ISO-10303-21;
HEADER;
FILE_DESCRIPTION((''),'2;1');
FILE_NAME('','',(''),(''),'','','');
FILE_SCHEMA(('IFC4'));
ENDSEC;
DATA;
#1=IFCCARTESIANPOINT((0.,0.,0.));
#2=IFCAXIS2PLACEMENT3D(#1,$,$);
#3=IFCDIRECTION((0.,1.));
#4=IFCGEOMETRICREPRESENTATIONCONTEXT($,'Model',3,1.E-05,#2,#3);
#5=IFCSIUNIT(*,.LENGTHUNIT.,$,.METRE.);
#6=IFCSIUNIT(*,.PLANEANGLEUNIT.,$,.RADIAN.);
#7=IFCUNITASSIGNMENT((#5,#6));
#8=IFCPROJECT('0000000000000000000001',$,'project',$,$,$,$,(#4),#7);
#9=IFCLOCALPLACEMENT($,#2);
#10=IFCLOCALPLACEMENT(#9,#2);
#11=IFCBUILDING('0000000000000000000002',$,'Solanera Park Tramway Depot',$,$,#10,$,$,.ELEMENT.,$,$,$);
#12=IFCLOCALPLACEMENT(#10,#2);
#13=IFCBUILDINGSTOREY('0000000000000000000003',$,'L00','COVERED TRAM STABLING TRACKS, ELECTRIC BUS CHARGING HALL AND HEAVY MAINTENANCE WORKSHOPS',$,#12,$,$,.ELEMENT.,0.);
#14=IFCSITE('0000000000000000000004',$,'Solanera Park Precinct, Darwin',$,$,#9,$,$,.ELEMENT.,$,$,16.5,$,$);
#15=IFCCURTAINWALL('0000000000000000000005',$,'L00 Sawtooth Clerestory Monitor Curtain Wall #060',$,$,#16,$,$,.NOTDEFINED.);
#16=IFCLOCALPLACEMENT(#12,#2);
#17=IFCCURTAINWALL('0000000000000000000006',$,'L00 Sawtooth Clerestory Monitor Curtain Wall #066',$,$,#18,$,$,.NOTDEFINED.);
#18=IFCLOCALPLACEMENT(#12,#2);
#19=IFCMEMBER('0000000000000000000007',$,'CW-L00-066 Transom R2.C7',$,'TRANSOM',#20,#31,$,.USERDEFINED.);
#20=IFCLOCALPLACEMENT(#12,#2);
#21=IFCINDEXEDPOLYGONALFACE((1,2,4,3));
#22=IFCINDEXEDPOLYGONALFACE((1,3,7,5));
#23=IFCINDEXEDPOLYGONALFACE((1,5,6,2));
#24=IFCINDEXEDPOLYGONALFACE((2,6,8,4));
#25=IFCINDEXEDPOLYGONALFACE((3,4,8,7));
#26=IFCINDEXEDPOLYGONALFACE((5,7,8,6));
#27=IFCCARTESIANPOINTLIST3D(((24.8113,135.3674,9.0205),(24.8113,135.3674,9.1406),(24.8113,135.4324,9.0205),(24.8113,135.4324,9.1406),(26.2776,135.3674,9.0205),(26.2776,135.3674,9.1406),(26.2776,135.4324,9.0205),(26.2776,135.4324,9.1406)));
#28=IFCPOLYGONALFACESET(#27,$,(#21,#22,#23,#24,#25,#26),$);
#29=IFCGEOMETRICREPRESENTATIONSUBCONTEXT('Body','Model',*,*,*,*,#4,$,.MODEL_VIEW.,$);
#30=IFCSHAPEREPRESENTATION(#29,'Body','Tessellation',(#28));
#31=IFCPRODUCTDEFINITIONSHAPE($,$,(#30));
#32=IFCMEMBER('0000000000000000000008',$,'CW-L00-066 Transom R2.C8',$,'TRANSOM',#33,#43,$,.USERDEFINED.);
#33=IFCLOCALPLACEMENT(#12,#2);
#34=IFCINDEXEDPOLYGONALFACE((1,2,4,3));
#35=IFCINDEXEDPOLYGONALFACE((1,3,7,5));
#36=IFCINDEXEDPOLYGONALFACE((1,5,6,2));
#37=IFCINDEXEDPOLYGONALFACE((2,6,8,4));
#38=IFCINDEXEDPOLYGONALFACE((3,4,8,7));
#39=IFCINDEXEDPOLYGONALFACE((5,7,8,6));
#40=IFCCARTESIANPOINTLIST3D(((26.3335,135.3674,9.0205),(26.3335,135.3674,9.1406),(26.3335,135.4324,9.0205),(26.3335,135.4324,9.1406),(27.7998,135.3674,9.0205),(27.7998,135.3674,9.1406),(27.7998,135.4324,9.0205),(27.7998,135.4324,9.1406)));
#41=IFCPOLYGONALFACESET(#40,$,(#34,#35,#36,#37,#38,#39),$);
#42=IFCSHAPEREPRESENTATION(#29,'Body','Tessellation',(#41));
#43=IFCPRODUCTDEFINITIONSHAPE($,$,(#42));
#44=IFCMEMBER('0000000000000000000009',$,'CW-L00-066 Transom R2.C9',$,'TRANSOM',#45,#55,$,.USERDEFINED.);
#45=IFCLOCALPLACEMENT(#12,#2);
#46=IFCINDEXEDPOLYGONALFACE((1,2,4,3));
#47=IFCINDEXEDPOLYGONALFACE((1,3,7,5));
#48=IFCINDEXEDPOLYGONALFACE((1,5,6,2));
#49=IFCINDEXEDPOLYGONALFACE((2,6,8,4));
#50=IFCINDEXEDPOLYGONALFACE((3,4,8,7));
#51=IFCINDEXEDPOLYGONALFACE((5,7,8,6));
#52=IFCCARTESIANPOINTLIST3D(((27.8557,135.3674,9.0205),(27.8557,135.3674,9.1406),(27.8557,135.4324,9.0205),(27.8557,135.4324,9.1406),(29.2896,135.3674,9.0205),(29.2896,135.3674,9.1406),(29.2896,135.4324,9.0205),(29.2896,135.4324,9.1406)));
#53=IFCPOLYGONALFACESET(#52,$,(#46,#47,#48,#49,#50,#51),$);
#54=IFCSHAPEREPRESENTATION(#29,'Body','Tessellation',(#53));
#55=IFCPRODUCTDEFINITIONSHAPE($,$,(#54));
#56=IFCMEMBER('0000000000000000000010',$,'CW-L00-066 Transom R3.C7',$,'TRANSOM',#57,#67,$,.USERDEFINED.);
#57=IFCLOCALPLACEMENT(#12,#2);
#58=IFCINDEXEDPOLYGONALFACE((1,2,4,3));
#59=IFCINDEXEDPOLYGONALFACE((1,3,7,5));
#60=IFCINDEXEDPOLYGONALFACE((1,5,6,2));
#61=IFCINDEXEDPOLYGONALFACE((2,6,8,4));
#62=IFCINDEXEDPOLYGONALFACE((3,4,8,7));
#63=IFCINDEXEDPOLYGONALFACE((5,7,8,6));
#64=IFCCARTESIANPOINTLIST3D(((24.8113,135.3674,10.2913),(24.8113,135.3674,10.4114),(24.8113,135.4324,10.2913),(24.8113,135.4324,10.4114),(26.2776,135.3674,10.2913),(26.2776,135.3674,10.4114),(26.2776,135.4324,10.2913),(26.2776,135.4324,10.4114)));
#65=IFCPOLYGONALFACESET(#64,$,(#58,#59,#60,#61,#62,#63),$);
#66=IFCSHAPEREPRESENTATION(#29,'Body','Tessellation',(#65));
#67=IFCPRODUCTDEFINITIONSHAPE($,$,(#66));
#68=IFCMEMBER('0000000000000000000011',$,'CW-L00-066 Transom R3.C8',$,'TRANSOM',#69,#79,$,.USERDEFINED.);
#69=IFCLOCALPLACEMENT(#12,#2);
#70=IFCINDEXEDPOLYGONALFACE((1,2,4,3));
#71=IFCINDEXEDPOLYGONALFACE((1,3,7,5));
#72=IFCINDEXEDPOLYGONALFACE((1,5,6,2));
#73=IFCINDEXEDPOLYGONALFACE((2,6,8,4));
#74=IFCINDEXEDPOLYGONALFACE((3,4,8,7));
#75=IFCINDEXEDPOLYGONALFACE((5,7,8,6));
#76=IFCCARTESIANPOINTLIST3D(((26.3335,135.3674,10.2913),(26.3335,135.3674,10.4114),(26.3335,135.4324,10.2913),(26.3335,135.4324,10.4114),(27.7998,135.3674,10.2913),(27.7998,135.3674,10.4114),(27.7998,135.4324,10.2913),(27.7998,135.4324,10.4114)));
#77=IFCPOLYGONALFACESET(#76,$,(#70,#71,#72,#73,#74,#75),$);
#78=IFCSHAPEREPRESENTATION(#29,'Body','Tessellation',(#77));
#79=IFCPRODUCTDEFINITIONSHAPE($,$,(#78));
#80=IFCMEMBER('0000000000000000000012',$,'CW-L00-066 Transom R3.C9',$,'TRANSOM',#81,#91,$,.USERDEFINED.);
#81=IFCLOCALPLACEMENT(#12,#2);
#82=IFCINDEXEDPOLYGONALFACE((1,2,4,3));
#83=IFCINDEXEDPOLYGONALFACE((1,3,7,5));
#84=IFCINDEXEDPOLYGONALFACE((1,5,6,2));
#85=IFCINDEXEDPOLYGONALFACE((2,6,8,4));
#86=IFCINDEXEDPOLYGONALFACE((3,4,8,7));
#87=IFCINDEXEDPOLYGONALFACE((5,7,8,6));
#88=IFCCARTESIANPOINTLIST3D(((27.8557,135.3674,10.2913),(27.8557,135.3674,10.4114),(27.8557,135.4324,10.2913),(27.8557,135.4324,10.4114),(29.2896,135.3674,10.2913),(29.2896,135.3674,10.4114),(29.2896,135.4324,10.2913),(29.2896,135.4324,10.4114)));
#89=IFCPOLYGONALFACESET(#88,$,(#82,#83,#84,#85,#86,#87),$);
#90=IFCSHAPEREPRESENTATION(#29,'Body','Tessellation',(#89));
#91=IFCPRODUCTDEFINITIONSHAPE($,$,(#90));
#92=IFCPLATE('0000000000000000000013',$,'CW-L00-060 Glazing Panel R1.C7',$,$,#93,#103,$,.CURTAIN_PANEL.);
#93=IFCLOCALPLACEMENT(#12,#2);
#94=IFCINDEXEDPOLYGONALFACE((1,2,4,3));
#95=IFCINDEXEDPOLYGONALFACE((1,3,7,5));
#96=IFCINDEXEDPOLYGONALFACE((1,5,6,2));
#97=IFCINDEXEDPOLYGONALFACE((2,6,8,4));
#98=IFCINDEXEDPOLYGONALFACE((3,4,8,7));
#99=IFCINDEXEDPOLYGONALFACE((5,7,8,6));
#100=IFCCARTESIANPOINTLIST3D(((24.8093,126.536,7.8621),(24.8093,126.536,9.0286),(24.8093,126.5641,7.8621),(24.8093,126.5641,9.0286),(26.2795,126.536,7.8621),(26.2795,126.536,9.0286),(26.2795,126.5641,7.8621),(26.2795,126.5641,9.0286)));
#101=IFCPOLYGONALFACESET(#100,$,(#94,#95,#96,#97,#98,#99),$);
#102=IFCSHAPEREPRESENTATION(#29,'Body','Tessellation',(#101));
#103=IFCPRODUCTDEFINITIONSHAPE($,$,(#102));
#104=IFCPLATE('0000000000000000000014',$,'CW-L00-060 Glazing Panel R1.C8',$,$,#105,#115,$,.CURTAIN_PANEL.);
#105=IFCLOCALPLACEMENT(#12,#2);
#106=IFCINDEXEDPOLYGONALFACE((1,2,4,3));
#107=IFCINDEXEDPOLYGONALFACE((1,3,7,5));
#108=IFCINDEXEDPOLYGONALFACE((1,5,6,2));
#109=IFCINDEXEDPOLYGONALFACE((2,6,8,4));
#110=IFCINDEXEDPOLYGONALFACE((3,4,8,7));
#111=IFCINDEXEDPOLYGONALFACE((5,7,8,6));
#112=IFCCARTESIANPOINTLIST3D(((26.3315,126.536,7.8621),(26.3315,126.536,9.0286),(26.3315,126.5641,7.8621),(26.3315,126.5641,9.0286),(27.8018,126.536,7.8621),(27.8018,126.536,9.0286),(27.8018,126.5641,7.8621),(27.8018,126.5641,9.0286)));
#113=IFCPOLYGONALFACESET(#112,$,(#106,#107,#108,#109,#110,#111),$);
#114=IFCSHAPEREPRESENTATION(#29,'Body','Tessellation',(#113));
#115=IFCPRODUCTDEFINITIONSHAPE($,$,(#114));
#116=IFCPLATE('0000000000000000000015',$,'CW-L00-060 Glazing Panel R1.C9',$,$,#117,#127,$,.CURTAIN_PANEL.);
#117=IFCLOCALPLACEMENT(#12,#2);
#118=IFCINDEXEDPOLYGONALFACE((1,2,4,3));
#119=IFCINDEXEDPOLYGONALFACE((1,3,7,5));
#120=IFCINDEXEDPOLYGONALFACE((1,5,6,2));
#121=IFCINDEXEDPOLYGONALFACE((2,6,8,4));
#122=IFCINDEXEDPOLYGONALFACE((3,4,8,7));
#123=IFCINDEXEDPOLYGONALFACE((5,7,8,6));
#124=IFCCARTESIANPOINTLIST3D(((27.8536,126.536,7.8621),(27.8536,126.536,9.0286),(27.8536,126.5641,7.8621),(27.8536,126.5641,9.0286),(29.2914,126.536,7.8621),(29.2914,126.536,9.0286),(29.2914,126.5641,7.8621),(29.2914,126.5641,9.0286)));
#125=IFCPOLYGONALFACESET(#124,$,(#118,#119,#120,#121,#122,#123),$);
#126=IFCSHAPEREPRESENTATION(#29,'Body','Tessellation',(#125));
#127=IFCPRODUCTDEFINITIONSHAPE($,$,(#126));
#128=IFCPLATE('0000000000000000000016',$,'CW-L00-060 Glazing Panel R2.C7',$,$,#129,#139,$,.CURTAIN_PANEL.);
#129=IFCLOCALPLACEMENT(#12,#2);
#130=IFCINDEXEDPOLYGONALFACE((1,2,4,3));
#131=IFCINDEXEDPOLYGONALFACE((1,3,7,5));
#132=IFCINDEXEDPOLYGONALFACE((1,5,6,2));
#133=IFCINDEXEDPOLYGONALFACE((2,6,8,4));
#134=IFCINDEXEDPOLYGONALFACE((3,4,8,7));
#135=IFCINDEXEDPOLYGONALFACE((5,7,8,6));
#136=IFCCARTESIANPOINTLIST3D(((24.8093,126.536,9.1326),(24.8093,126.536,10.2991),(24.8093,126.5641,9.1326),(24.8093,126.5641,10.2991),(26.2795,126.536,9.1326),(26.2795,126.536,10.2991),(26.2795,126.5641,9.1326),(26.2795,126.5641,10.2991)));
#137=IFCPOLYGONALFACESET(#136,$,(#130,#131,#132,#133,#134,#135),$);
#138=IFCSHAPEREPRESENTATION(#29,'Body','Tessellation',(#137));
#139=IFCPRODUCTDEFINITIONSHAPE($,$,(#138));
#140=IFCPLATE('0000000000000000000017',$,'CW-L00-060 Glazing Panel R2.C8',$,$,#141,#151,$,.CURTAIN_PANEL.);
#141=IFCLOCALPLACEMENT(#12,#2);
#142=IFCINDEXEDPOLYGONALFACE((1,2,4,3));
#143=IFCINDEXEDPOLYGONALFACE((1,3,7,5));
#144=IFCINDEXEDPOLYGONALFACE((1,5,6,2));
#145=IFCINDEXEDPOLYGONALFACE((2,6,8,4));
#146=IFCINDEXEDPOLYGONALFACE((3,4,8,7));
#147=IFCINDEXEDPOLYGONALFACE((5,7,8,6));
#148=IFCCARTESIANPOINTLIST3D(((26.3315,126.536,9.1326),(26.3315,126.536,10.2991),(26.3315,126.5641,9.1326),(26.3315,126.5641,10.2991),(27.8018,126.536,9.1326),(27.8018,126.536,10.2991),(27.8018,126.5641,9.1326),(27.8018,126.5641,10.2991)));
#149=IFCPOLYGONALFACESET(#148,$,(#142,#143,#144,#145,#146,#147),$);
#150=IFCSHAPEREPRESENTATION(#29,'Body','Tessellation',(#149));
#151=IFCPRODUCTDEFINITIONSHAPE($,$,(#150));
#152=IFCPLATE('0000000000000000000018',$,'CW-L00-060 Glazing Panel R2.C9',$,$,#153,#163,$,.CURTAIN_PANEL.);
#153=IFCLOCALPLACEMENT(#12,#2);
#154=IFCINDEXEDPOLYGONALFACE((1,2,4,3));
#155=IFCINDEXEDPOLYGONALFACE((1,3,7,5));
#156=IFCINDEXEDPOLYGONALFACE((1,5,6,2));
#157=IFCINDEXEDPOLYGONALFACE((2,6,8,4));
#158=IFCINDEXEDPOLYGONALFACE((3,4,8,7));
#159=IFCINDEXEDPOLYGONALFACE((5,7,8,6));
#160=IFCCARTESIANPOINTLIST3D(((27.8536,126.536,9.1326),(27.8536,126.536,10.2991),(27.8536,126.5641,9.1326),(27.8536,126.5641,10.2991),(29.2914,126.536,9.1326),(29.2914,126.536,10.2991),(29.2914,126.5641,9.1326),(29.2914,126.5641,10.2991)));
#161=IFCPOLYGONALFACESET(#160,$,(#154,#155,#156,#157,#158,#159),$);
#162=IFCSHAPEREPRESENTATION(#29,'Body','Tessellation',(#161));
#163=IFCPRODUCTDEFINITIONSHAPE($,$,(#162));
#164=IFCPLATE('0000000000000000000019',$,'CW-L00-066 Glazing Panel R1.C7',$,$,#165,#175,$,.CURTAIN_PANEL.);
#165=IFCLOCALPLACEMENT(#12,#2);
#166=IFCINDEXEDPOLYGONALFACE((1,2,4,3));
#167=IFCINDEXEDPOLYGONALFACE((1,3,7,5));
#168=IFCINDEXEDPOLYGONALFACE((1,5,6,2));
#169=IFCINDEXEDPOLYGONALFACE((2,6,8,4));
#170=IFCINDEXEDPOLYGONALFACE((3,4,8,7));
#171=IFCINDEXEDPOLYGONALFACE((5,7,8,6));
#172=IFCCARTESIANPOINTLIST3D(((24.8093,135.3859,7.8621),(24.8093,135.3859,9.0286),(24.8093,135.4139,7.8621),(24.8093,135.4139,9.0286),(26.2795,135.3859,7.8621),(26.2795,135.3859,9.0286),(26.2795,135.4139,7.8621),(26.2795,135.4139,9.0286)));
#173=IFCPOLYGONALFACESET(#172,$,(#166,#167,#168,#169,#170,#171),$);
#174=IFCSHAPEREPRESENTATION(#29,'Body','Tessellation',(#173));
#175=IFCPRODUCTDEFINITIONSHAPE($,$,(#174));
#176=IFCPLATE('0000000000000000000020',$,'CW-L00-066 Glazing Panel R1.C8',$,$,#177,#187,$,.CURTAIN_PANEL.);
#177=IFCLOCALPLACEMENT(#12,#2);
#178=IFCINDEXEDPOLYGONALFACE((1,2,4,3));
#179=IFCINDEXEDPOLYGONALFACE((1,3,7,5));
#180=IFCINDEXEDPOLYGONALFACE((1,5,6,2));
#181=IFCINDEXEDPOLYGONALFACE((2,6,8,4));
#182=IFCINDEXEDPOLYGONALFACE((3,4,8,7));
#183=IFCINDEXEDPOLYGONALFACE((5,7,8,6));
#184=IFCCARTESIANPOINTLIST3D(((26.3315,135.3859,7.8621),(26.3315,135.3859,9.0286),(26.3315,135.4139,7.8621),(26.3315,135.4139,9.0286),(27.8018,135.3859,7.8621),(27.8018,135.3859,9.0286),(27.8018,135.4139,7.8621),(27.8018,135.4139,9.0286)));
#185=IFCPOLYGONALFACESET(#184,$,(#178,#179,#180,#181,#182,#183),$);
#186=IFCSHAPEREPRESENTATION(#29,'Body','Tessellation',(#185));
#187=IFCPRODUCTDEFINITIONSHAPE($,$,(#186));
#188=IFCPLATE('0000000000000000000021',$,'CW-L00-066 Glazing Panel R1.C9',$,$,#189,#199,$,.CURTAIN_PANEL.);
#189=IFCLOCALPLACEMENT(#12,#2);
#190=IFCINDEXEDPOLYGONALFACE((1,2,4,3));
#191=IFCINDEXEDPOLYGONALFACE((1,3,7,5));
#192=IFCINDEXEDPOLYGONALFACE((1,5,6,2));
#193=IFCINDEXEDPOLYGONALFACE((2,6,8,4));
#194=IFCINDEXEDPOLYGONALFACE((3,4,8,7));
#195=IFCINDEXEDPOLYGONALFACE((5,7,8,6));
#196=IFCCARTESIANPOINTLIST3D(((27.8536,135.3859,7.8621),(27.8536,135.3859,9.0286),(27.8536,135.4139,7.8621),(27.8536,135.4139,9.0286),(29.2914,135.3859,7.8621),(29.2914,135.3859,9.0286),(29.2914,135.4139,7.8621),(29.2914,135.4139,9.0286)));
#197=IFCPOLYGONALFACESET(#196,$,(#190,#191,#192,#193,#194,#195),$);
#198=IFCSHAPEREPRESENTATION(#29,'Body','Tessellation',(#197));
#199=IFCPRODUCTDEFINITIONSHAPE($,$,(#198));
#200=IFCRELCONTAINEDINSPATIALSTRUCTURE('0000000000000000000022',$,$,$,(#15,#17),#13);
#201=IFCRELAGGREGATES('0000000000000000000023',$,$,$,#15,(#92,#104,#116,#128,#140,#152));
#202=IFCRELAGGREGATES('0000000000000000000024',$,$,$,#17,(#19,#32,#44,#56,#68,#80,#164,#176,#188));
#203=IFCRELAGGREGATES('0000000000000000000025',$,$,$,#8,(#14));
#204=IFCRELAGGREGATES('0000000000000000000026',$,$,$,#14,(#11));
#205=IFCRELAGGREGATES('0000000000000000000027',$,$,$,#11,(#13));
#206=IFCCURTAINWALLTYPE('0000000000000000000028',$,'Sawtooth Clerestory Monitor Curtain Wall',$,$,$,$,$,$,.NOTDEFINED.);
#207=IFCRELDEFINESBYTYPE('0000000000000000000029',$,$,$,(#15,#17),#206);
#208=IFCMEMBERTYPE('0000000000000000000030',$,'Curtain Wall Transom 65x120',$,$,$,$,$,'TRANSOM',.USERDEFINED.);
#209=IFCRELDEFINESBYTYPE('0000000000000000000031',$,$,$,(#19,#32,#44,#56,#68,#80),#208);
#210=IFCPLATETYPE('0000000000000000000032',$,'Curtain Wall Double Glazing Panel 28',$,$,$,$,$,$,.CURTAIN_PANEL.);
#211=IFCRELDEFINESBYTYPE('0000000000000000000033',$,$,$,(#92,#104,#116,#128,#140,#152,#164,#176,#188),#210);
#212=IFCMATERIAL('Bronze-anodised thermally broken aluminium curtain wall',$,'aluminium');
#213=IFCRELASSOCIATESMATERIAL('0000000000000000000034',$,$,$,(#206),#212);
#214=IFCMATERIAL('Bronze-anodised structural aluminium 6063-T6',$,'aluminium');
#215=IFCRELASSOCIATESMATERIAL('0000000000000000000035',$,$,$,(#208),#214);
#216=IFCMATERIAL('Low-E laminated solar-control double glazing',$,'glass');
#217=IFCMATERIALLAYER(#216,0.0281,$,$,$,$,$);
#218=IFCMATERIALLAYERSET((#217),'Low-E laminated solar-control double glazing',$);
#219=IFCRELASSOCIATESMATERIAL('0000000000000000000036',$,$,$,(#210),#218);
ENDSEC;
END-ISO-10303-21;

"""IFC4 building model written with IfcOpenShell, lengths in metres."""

from ifc_helpers import new_model, si_unit, direction, frame, origin, origin_2d, place, context, subcontext, project, spatial, rectangle, extrude, material, layer, layer_set, material_profile, profile_set, type_object, element, aggregate, save


model = new_model("IFC4")

# Units and contexts
model_context = context("Model", 3, precision=1e-05, world=origin(), true_north=direction((0.0, 1.0)))
body_context = subcontext(model_context, "Body", "Model", "MODEL_VIEW")
ifc_project = project(units=[si_unit("LENGTHUNIT", "METRE"), si_unit("PLANEANGLEUNIT", "RADIAN")], contexts=[model_context])

# Site, building, storey
site_placement = place(None, origin())
site = spatial("IfcSite", under=ifc_project, at=site_placement, Name="Solanera Park Precinct, Darwin", CompositionType="ELEMENT", RefElevation=16.5)
building_placement = place(site_placement, origin())
building = spatial("IfcBuilding", under=site, at=building_placement, Name="Solanera Park Tramway Depot", CompositionType="ELEMENT")
storey_placement = place(building_placement, origin())
storey = spatial("IfcBuildingStorey", under=building, at=storey_placement, Name="L00", Description="COVERED TRAM STABLING TRACKS, ELECTRIC BUS CHARGING HALL AND HEAVY MAINTENANCE WORKSHOPS", CompositionType="ELEMENT", Elevation=0.0)

# Curtain walls
ifc_material_1 = material(Name="Bronze-anodised thermally broken aluminium curtain wall", Category="aluminium")
curtain_wall_type = type_object("IfcCurtainWallType", Name="Sawtooth Clerestory Monitor Curtain Wall", PredefinedType="NOTDEFINED", material=ifc_material_1)
curtain_wall_1_placement = place(storey_placement, origin())
curtain_wall_1 = element("IfcCurtainWall", 1, at=curtain_wall_1_placement, inside=storey, type_object=curtain_wall_type, Name="L00 Sawtooth Clerestory Monitor Curtain Wall #060", PredefinedType="NOTDEFINED")
curtain_wall_2_placement = place(storey_placement, origin())
curtain_wall_2 = element("IfcCurtainWall", 2, at=curtain_wall_2_placement, inside=storey, type_object=curtain_wall_type, Name="L00 Sawtooth Clerestory Monitor Curtain Wall #066", PredefinedType="NOTDEFINED")

# Members
ifc_material_2 = material(Name="Bronze-anodised structural aluminium 6063-T6", Category="aluminium")
ifc_material_profile_1 = material_profile(ifc_material_2, rectangle(XDim=0.0649, YDim=0.1201, at=origin_2d()), Name="Curtain Wall Transom 65x120")
ifc_profile_set_1 = profile_set([ifc_material_profile_1], Name="Bronze-anodised structural aluminium 6063-T6")
member_type_1 = type_object("IfcMemberType", Name="Curtain Wall Transom 65x120", ElementType="TRANSOM", PredefinedType="USERDEFINED", material=ifc_profile_set_1)
member_1_placement = place(storey_placement, frame((24.8113, 135.3999, 9.0806), z_axis=(1.0, 0.0, 0.0), x_axis=(0.0, 1.0, 0.0)))
member_1 = element("IfcMember", 3, at=member_1_placement, type_object=member_type_1, Name="CW-L00-066 Transom R2.C7", ObjectType="TRANSOM", PredefinedType="USERDEFINED", context=body_context, shape_type="SweptSolid", body=[
    extrude(rectangle(XDim=0.0649, YDim=0.1201, at=origin_2d()), origin(), (0.0, 0.0, 1.0), 1.4663),
])
member_2_placement = place(storey_placement, frame((26.3335, 135.3999, 9.0806), z_axis=(1.0, 0.0, 0.0), x_axis=(0.0, 1.0, 0.0)))
member_2 = element("IfcMember", 4, at=member_2_placement, type_object=member_type_1, Name="CW-L00-066 Transom R2.C8", ObjectType="TRANSOM", PredefinedType="USERDEFINED", context=body_context, shape_type="SweptSolid", body=[
    extrude(rectangle(XDim=0.0649, YDim=0.1201, at=origin_2d()), origin(), (0.0, 0.0, 1.0), 1.4663),
])
member_3_placement = place(storey_placement, frame((27.8557, 135.3999, 9.0806), z_axis=(1.0, 0.0, 0.0), x_axis=(0.0, 1.0, 0.0)))
member_3 = element("IfcMember", 5, at=member_3_placement, type_object=member_type_1, Name="CW-L00-066 Transom R2.C9", ObjectType="TRANSOM", PredefinedType="USERDEFINED", context=body_context, shape_type="SweptSolid", body=[
    extrude(rectangle(XDim=0.0649, YDim=0.1201, at=origin_2d()), origin(), (0.0, 0.0, 1.0), 1.4338),
])
member_4_placement = place(storey_placement, frame((24.8113, 135.3999, 10.3513), z_axis=(1.0, 0.0, 0.0), x_axis=(0.0, 1.0, 0.0)))
member_4 = element("IfcMember", 6, at=member_4_placement, type_object=member_type_1, Name="CW-L00-066 Transom R3.C7", ObjectType="TRANSOM", PredefinedType="USERDEFINED", context=body_context, shape_type="SweptSolid", body=[
    extrude(rectangle(XDim=0.0649, YDim=0.1201, at=origin_2d()), origin(), (0.0, 0.0, 1.0), 1.4663),
])
member_5_placement = place(storey_placement, frame((26.3335, 135.3999, 10.3513), z_axis=(1.0, 0.0, 0.0), x_axis=(0.0, 1.0, 0.0)))
member_5 = element("IfcMember", 7, at=member_5_placement, type_object=member_type_1, Name="CW-L00-066 Transom R3.C8", ObjectType="TRANSOM", PredefinedType="USERDEFINED", context=body_context, shape_type="SweptSolid", body=[
    extrude(rectangle(XDim=0.0649, YDim=0.1201, at=origin_2d()), origin(), (0.0, 0.0, 1.0), 1.4663),
])
member_6_placement = place(storey_placement, frame((27.8557, 135.3999, 10.3513), z_axis=(1.0, 0.0, 0.0), x_axis=(0.0, 1.0, 0.0)))
member_6 = element("IfcMember", 8, at=member_6_placement, type_object=member_type_1, Name="CW-L00-066 Transom R3.C9", ObjectType="TRANSOM", PredefinedType="USERDEFINED", context=body_context, shape_type="SweptSolid", body=[
    extrude(rectangle(XDim=0.0649, YDim=0.1201, at=origin_2d()), origin(), (0.0, 0.0, 1.0), 1.4338),
])

# Plates
ifc_material_3 = material(Name="Low-E laminated solar-control double glazing", Category="glass")
ifc_layer = layer(ifc_material_3, 0.0281)
ifc_layer_set = layer_set([ifc_layer], Name="Low-E laminated solar-control double glazing")
plate_type = type_object("IfcPlateType", Name="Curtain Wall Double Glazing Panel 28", PredefinedType="CURTAIN_PANEL", material=ifc_layer_set)
plate_1_placement = place(storey_placement, frame((25.5444, 126.55, 7.8621), z_axis=(0.0, 0.0, 1.0), x_axis=(1.0, 0.0, 0.0)))
plate_1 = element("IfcPlate", 9, at=plate_1_placement, type_object=plate_type, Name="CW-L00-060 Glazing Panel R1.C7", PredefinedType="CURTAIN_PANEL", context=body_context, shape_type="SweptSolid", body=[
    extrude(rectangle(XDim=1.4702, YDim=0.0281, at=origin_2d()), origin(), (0.0, 0.0, 1.0), 1.1665),
])
plate_2_placement = place(storey_placement, frame((27.0667, 126.55, 7.8621), z_axis=(0.0, 0.0, 1.0), x_axis=(1.0, 0.0, 0.0)))
plate_2 = element("IfcPlate", 10, at=plate_2_placement, type_object=plate_type, Name="CW-L00-060 Glazing Panel R1.C8", PredefinedType="CURTAIN_PANEL", context=body_context, shape_type="SweptSolid", body=[
    extrude(rectangle(XDim=1.4702, YDim=0.0281, at=origin_2d()), origin(), (0.0, 0.0, 1.0), 1.1665),
])
plate_3_placement = place(storey_placement, frame((28.5725, 126.55, 7.8621), z_axis=(0.0, 0.0, 1.0), x_axis=(1.0, 0.0, 0.0)))
plate_3 = element("IfcPlate", 11, at=plate_3_placement, type_object=plate_type, Name="CW-L00-060 Glazing Panel R1.C9", PredefinedType="CURTAIN_PANEL", context=body_context, shape_type="SweptSolid", body=[
    extrude(rectangle(XDim=1.4377, YDim=0.0281, at=origin_2d()), origin(), (0.0, 0.0, 1.0), 1.1665),
])
plate_4_placement = place(storey_placement, frame((25.5444, 126.55, 9.1326), z_axis=(0.0, 0.0, 1.0), x_axis=(1.0, 0.0, 0.0)))
plate_4 = element("IfcPlate", 12, at=plate_4_placement, type_object=plate_type, Name="CW-L00-060 Glazing Panel R2.C7", PredefinedType="CURTAIN_PANEL", context=body_context, shape_type="SweptSolid", body=[
    extrude(rectangle(XDim=1.4702, YDim=0.0281, at=origin_2d()), origin(), (0.0, 0.0, 1.0), 1.1665),
])
plate_5_placement = place(storey_placement, frame((27.0667, 126.55, 9.1326), z_axis=(0.0, 0.0, 1.0), x_axis=(1.0, 0.0, 0.0)))
plate_5 = element("IfcPlate", 13, at=plate_5_placement, type_object=plate_type, Name="CW-L00-060 Glazing Panel R2.C8", PredefinedType="CURTAIN_PANEL", context=body_context, shape_type="SweptSolid", body=[
    extrude(rectangle(XDim=1.4702, YDim=0.0281, at=origin_2d()), origin(), (0.0, 0.0, 1.0), 1.1665),
])
plate_6_placement = place(storey_placement, frame((28.5725, 126.55, 9.1326), z_axis=(0.0, 0.0, 1.0), x_axis=(1.0, 0.0, 0.0)))
plate_6 = element("IfcPlate", 14, at=plate_6_placement, type_object=plate_type, Name="CW-L00-060 Glazing Panel R2.C9", PredefinedType="CURTAIN_PANEL", context=body_context, shape_type="SweptSolid", body=[
    extrude(rectangle(XDim=1.4377, YDim=0.0281, at=origin_2d()), origin(), (0.0, 0.0, 1.0), 1.1665),
])
aggregate(curtain_wall_1, [plate_1, plate_2, plate_3, plate_4, plate_5, plate_6])
plate_7_placement = place(storey_placement, frame((25.5444, 135.3999, 7.8621), z_axis=(0.0, 0.0, 1.0), x_axis=(1.0, 0.0, 0.0)))
plate_7 = element("IfcPlate", 15, at=plate_7_placement, type_object=plate_type, Name="CW-L00-066 Glazing Panel R1.C7", PredefinedType="CURTAIN_PANEL", context=body_context, shape_type="SweptSolid", body=[
    extrude(rectangle(XDim=1.4702, YDim=0.0281, at=origin_2d()), origin(), (0.0, 0.0, 1.0), 1.1665),
])
plate_8_placement = place(storey_placement, frame((27.0667, 135.3999, 7.8621), z_axis=(0.0, 0.0, 1.0), x_axis=(1.0, 0.0, 0.0)))
plate_8 = element("IfcPlate", 16, at=plate_8_placement, type_object=plate_type, Name="CW-L00-066 Glazing Panel R1.C8", PredefinedType="CURTAIN_PANEL", context=body_context, shape_type="SweptSolid", body=[
    extrude(rectangle(XDim=1.4702, YDim=0.0281, at=origin_2d()), origin(), (0.0, 0.0, 1.0), 1.1665),
])
plate_9_placement = place(storey_placement, frame((28.5725, 135.3999, 7.8621), z_axis=(0.0, 0.0, 1.0), x_axis=(1.0, 0.0, 0.0)))
plate_9 = element("IfcPlate", 17, at=plate_9_placement, type_object=plate_type, Name="CW-L00-066 Glazing Panel R1.C9", PredefinedType="CURTAIN_PANEL", context=body_context, shape_type="SweptSolid", body=[
    extrude(rectangle(XDim=1.4377, YDim=0.0281, at=origin_2d()), origin(), (0.0, 0.0, 1.0), 1.1665),
])
aggregate(curtain_wall_2, [member_1, member_2, member_3, member_4, member_5, member_6, plate_7, plate_8, plate_9])

save(model, "model.ifc")
